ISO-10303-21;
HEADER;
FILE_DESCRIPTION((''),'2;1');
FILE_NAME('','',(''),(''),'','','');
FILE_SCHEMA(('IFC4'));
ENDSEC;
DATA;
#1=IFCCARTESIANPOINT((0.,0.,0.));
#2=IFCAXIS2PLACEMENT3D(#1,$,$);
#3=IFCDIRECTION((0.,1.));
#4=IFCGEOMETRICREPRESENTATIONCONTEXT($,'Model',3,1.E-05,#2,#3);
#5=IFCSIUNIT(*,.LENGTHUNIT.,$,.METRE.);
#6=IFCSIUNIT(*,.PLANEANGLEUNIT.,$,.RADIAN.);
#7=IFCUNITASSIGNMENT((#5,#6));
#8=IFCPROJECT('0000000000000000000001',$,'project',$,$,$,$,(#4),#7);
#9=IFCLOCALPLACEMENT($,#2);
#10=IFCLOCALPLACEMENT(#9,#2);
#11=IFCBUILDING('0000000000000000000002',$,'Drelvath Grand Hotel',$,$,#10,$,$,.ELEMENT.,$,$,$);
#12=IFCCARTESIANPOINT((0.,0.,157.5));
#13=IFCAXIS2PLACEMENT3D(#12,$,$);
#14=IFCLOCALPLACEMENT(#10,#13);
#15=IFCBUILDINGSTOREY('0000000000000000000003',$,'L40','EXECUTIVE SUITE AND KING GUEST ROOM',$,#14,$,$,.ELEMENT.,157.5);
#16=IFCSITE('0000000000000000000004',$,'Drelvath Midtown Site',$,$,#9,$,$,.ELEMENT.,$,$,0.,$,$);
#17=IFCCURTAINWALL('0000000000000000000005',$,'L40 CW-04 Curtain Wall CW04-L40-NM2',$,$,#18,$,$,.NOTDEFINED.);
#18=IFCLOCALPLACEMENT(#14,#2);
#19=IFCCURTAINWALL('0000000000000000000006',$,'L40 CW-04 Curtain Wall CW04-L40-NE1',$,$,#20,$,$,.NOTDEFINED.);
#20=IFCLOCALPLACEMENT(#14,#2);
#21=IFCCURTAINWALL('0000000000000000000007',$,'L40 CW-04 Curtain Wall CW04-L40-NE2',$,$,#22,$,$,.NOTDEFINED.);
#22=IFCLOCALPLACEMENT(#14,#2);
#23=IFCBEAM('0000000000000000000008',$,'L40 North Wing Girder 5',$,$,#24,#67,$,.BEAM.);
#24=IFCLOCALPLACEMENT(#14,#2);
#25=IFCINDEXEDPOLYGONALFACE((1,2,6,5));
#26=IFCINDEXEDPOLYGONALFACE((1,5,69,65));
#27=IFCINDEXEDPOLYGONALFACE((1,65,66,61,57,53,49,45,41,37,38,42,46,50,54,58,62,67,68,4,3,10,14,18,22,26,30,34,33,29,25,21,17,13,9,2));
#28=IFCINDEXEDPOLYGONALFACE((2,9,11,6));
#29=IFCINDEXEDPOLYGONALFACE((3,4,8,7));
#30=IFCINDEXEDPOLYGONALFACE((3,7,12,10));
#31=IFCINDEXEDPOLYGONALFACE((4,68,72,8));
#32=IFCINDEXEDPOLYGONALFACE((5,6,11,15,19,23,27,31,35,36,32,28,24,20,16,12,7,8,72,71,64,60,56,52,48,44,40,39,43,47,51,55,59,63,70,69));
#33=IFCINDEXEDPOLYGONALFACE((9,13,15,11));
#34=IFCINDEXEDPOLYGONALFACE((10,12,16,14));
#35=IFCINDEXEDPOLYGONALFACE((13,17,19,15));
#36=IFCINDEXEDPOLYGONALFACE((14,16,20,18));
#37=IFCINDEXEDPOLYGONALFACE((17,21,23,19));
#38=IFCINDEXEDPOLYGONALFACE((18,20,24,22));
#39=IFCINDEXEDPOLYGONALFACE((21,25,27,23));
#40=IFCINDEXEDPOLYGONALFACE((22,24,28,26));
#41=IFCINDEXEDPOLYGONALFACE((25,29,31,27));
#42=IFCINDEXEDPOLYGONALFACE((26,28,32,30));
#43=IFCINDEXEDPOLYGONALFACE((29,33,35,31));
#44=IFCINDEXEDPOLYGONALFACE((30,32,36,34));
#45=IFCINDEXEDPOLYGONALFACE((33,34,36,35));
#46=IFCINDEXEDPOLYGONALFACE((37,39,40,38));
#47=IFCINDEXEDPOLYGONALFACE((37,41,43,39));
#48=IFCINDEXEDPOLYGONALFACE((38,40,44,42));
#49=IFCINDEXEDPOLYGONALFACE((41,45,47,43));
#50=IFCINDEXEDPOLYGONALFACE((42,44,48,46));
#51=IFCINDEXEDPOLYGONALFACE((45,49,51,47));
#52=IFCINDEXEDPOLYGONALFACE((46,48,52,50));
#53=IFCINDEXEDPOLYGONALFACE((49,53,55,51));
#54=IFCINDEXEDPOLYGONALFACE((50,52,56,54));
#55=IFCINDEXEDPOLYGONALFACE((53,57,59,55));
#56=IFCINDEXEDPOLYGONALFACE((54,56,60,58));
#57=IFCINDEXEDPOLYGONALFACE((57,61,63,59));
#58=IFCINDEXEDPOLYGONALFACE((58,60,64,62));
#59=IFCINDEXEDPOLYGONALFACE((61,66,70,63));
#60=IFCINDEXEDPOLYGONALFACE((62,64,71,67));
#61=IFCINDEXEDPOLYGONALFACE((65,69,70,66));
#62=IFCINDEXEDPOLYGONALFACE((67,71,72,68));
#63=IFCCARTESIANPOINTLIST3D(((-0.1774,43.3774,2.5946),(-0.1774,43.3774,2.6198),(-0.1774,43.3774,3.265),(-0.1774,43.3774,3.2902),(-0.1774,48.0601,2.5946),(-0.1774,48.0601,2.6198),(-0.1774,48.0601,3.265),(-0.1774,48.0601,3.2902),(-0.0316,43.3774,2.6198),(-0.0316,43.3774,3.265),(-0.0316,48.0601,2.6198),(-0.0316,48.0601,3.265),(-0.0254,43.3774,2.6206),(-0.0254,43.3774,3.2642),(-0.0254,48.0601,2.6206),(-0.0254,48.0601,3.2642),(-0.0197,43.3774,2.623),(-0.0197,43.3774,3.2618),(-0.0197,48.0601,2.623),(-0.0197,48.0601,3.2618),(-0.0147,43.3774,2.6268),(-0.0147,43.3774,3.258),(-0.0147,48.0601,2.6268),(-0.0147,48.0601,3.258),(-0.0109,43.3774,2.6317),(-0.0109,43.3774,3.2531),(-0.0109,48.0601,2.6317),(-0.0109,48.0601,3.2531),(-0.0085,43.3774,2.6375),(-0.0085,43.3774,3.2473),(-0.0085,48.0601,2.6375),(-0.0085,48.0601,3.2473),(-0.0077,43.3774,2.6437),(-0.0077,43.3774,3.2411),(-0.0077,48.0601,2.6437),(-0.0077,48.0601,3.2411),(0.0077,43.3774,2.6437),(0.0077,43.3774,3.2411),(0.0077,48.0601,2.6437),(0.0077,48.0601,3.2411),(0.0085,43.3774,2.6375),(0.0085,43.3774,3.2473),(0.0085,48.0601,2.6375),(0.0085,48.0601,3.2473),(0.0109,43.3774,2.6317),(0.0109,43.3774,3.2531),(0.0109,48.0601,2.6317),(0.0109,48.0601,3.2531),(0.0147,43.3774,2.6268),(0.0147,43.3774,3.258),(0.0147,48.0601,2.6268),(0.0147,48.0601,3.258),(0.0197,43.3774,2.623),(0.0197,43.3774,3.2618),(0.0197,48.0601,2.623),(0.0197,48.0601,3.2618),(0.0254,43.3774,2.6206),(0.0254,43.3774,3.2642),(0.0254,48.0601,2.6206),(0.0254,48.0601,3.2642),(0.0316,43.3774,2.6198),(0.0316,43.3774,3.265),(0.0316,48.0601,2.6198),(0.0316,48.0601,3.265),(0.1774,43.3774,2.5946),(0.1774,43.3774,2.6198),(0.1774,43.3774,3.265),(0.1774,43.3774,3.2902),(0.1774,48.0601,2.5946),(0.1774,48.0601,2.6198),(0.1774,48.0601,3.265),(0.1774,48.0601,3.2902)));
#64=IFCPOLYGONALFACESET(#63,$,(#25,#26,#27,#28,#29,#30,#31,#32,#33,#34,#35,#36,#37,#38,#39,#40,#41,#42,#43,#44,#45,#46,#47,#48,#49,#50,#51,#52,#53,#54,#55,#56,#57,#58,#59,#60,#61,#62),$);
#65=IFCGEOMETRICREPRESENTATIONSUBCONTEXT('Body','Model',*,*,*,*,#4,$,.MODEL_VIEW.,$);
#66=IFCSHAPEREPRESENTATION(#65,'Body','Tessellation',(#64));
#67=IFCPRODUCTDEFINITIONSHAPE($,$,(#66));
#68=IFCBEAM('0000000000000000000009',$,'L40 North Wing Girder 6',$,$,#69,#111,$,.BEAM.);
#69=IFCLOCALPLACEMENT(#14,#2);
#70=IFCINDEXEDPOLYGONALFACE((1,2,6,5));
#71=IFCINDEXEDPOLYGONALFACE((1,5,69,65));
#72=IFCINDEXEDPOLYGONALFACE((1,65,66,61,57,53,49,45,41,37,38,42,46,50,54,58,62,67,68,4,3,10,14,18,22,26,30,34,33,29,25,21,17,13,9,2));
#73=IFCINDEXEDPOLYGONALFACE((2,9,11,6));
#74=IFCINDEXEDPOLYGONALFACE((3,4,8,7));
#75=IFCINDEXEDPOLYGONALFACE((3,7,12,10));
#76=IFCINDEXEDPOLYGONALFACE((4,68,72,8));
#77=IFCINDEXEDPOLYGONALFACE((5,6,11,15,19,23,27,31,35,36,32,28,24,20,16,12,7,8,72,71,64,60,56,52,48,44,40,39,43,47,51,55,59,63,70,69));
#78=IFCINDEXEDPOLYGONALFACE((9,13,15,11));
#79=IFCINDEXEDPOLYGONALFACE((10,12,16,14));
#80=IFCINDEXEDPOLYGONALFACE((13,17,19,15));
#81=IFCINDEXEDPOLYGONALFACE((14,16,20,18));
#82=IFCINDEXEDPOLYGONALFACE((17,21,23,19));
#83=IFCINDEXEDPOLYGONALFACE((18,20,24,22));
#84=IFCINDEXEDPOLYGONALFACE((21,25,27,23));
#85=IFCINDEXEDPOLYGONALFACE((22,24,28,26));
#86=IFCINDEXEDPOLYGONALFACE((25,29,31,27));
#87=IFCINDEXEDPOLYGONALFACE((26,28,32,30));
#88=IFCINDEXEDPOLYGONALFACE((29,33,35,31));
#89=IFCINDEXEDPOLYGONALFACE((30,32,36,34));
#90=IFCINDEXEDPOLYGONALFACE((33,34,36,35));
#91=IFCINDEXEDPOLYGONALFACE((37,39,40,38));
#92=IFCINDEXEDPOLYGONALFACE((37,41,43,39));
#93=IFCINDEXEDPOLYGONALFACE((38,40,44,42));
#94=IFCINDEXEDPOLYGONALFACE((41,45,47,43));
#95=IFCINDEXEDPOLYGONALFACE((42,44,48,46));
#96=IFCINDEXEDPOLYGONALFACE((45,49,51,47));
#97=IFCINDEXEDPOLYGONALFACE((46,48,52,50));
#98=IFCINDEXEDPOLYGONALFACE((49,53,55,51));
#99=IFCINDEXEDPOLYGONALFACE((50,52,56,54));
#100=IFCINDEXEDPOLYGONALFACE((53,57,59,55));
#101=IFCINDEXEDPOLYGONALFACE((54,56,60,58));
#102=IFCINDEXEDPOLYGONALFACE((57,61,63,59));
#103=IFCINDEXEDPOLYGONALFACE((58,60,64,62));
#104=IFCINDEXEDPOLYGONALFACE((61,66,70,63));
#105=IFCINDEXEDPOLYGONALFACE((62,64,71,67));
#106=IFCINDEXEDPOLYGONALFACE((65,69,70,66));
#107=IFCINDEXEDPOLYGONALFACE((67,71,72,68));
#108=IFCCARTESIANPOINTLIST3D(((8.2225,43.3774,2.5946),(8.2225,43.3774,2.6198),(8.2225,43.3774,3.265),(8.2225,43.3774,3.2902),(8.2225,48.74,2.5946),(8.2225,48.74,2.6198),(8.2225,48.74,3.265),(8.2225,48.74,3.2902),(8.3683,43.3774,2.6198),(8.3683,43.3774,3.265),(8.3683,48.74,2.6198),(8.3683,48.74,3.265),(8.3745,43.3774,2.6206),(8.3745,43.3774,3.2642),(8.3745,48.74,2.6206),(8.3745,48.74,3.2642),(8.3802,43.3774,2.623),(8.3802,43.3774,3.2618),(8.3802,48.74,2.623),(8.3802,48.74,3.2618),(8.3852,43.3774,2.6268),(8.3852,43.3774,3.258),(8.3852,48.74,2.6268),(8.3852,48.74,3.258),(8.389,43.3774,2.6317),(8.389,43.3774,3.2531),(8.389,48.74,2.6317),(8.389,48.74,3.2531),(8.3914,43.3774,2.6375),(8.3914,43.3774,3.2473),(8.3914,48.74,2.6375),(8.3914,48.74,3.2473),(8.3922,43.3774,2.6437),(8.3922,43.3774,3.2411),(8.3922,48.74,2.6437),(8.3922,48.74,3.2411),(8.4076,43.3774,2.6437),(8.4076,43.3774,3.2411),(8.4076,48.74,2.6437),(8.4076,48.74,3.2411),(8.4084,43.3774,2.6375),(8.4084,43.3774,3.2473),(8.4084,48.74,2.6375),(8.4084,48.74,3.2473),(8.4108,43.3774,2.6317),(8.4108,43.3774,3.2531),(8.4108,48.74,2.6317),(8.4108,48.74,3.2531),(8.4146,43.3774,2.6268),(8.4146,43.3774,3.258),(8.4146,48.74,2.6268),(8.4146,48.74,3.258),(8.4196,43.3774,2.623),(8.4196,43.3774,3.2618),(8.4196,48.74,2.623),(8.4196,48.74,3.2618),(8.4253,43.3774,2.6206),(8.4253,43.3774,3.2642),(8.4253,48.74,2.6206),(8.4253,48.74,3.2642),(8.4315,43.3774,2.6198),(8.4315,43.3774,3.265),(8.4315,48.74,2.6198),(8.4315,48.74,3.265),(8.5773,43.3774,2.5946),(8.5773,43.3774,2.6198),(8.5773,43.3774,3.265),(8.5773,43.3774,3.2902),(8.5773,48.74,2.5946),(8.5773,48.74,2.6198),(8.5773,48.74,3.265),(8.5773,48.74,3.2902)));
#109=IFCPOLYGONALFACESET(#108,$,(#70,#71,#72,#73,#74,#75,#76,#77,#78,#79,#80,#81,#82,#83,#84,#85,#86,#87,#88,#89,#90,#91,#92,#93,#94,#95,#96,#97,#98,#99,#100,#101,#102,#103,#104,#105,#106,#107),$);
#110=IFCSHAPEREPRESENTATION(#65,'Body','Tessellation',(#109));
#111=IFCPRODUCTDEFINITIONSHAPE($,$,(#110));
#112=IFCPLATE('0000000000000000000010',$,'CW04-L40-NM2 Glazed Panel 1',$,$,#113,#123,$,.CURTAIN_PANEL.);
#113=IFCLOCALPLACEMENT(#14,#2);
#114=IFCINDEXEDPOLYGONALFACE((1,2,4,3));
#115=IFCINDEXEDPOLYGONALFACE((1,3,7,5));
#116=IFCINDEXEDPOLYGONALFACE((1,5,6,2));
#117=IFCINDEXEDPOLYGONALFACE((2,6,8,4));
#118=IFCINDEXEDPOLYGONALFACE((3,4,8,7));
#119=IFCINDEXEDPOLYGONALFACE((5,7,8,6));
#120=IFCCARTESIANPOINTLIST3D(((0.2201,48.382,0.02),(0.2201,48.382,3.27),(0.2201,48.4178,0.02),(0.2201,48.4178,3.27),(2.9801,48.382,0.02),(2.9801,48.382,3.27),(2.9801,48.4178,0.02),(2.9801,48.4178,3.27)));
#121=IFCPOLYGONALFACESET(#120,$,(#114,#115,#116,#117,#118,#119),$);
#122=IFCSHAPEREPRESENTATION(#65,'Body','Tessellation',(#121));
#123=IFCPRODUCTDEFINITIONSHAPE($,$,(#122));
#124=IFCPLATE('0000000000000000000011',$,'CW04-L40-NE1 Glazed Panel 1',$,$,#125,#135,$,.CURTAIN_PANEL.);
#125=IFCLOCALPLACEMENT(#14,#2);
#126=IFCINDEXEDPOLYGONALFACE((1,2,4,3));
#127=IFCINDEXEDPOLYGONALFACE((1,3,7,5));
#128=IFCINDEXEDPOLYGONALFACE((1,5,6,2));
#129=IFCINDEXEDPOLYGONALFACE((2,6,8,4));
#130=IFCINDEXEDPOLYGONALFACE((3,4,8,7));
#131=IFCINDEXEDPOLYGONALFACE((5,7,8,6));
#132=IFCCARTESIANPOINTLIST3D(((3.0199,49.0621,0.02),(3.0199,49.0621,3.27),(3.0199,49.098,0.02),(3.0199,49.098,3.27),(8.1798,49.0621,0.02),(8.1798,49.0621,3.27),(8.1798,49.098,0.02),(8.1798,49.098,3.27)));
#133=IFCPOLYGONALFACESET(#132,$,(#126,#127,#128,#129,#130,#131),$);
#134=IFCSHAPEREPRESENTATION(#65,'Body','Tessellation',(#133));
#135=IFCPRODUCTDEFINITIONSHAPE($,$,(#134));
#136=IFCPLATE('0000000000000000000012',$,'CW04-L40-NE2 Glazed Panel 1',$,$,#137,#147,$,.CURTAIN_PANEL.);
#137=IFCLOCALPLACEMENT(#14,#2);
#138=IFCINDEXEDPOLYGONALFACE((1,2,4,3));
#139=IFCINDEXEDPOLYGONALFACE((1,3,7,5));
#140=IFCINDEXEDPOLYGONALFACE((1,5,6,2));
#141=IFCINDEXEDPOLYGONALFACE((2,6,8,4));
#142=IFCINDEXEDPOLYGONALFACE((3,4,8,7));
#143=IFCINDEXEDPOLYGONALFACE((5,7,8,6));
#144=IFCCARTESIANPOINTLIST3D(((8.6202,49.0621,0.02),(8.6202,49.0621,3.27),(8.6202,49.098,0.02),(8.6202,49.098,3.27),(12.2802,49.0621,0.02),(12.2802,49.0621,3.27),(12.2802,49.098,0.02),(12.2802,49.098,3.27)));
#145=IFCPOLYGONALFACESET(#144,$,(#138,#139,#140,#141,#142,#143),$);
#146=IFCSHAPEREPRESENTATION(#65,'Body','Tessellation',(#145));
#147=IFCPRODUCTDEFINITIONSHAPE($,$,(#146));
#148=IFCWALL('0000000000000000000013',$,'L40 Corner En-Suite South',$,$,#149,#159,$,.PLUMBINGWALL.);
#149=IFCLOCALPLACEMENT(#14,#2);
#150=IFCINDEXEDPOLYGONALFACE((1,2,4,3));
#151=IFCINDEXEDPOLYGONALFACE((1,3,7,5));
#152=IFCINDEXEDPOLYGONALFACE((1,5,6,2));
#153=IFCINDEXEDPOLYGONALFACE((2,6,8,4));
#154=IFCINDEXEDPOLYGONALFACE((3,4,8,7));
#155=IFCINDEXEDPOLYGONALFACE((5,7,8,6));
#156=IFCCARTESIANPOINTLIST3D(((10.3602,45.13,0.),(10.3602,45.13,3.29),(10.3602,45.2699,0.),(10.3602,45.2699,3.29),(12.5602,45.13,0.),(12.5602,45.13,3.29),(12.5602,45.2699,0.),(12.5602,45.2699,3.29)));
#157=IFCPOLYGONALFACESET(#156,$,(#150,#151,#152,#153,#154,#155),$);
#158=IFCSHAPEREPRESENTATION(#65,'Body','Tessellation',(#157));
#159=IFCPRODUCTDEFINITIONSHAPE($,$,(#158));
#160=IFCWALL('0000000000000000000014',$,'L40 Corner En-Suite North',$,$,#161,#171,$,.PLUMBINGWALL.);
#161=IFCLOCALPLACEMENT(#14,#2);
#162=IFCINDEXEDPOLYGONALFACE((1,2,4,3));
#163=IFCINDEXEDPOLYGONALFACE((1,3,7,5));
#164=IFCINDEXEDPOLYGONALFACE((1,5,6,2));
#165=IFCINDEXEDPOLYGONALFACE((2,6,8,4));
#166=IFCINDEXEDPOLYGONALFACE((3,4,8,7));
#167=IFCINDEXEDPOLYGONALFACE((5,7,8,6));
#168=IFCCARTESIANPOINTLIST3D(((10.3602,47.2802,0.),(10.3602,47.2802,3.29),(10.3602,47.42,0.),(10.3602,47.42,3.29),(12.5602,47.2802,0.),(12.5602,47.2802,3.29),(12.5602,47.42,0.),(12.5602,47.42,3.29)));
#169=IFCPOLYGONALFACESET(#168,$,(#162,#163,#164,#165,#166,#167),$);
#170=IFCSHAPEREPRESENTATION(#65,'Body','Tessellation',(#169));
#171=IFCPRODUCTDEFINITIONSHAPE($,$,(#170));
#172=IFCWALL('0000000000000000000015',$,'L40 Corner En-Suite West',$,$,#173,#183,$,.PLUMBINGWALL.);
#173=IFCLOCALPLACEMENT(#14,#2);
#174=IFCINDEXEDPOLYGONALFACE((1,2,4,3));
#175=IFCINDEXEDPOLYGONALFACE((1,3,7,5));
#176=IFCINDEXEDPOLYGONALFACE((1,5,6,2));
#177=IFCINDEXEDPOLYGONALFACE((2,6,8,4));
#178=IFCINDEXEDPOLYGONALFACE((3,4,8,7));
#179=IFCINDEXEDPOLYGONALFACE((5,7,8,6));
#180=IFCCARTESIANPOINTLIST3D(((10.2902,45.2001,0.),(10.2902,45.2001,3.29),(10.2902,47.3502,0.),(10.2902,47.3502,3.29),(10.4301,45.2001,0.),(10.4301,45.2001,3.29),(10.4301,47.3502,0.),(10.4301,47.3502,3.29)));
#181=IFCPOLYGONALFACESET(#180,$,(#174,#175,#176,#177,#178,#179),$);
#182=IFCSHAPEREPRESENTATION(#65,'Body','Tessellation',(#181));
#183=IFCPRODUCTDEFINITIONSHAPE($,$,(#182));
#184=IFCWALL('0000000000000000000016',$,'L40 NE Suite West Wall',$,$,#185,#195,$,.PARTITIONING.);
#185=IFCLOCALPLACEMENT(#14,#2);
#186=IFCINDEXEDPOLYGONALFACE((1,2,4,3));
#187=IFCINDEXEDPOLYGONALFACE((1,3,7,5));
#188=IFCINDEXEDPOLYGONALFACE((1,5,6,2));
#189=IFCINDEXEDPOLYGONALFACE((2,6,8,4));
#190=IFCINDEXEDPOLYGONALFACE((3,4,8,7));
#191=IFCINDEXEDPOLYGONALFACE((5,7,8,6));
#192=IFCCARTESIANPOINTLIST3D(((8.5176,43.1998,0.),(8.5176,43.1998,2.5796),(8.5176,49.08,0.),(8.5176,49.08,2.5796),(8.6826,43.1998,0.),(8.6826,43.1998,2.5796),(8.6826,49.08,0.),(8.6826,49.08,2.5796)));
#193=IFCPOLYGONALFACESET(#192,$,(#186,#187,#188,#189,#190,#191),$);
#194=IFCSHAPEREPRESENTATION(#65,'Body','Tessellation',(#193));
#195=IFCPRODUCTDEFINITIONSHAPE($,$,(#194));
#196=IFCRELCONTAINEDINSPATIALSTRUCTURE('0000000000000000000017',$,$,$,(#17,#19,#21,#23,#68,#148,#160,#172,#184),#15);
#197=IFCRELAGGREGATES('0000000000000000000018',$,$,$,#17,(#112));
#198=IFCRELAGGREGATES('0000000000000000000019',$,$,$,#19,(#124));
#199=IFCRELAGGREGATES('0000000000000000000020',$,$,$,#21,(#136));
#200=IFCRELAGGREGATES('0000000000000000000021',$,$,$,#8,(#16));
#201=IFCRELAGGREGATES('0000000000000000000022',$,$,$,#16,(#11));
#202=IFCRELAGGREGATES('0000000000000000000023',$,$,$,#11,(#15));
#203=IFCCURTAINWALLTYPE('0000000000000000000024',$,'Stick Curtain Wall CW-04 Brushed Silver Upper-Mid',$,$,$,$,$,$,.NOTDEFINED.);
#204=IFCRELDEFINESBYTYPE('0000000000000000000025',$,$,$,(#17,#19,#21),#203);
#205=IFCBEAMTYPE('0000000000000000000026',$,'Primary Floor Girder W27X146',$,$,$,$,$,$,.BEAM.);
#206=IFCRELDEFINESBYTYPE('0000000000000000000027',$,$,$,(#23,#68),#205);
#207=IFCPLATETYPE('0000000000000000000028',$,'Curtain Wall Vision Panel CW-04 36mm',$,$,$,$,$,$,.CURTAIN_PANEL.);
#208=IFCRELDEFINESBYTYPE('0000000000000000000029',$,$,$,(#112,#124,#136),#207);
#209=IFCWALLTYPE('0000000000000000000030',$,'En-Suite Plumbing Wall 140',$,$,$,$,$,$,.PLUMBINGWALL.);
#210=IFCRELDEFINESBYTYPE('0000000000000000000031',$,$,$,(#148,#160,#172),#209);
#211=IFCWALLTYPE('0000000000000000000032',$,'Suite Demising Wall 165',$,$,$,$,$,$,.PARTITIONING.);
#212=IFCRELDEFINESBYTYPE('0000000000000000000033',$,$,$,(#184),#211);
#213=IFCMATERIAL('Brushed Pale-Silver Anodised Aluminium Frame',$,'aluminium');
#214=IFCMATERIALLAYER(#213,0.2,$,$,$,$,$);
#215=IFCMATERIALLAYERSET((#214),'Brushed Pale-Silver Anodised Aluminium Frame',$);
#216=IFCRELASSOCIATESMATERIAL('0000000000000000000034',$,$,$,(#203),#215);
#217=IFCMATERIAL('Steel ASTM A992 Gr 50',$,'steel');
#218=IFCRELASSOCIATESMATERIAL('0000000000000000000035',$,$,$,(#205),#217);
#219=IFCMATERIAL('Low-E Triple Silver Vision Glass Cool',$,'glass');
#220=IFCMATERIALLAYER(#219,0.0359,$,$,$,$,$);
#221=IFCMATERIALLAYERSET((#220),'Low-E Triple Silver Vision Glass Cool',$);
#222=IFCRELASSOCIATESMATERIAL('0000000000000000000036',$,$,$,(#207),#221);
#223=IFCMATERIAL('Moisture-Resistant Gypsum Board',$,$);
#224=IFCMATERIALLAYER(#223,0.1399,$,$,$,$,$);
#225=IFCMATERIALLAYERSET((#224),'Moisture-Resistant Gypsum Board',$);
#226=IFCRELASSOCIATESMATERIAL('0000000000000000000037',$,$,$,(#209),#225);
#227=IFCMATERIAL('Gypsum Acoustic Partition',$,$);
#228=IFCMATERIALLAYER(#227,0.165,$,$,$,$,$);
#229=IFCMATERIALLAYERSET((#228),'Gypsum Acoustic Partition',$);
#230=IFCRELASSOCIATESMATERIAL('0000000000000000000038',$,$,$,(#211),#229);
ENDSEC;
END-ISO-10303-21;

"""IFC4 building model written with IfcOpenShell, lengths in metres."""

from ifc_helpers import new_model, si_unit, direction, frame, frame_2d, origin, origin_2d, place, context, subcontext, project, spatial, rectangle, i_section, extrude, material, layer, layer_set, material_profile, profile_set, type_object, element, aggregate, save


model = new_model("IFC4")

# Units and contexts
model_context = context("Model", 3, precision=1e-05, world=origin(), true_north=direction((0.0, 1.0)))
body_context = subcontext(model_context, "Body", "Model", "MODEL_VIEW")
ifc_project = project(units=[si_unit("LENGTHUNIT", "METRE"), si_unit("PLANEANGLEUNIT", "RADIAN")], contexts=[model_context])

# Site, building, storey
site_placement = place(None, origin())
site = spatial("IfcSite", under=ifc_project, at=site_placement, Name="Drelvath Midtown Site", CompositionType="ELEMENT", RefElevation=0.0)
building_placement = place(site_placement, origin())
building = spatial("IfcBuilding", under=site, at=building_placement, Name="Drelvath Grand Hotel", CompositionType="ELEMENT")
storey_placement = place(building_placement, frame((0.0, 0.0, 157.5)))
storey = spatial("IfcBuildingStorey", under=building, at=storey_placement, Name="L40", Description="EXECUTIVE SUITE AND KING GUEST ROOM", CompositionType="ELEMENT", Elevation=157.5)

# Curtain walls
ifc_material_1 = material(Name="Brushed Pale-Silver Anodised Aluminium Frame", Category="aluminium")
ifc_layer_1 = layer(ifc_material_1, 0.2)
ifc_layer_set_1 = layer_set([ifc_layer_1], Name="Brushed Pale-Silver Anodised Aluminium Frame")
curtain_wall_type = type_object("IfcCurtainWallType", Name="Stick Curtain Wall CW-04 Brushed Silver Upper-Mid", PredefinedType="NOTDEFINED", material=ifc_layer_set_1)
curtain_wall_1_placement = place(storey_placement, origin())
curtain_wall_1 = element("IfcCurtainWall", 1, at=curtain_wall_1_placement, inside=storey, type_object=curtain_wall_type, Name="L40 CW-04 Curtain Wall CW04-L40-NM2", PredefinedType="NOTDEFINED")
curtain_wall_2_placement = place(storey_placement, origin())
curtain_wall_2 = element("IfcCurtainWall", 2, at=curtain_wall_2_placement, inside=storey, type_object=curtain_wall_type, Name="L40 CW-04 Curtain Wall CW04-L40-NE1", PredefinedType="NOTDEFINED")
curtain_wall_3_placement = place(storey_placement, origin())
curtain_wall_3 = element("IfcCurtainWall", 3, at=curtain_wall_3_placement, inside=storey, type_object=curtain_wall_type, Name="L40 CW-04 Curtain Wall CW04-L40-NE2", PredefinedType="NOTDEFINED")

# Beams
ifc_material_2 = material(Name="Steel ASTM A992 Gr 50", Category="steel")
ifc_material_profile_1 = material_profile(ifc_material_2, i_section(OverallWidth=0.3547, OverallDepth=0.6956, WebThickness=0.0154, FlangeThickness=0.0251, FilletRadius=0.0239, at=origin_2d()), Name="W27X146")
ifc_profile_set_1 = profile_set([ifc_material_profile_1], Name="Steel ASTM A992 Gr 50")
beam_type_1 = type_object("IfcBeamType", Name="Primary Floor Girder W27X146", PredefinedType="BEAM", material=ifc_profile_set_1)
beam_1_placement = place(storey_placement, frame((0.0, 43.3774, 2.9424), z_axis=(0.0, 1.0, 0.0), x_axis=(-1.0, 0.0, 0.0)))
element("IfcBeam", 4, at=beam_1_placement, inside=storey, type_object=beam_type_1, Name="L40 North Wing Girder 5", PredefinedType="BEAM", context=body_context, shape_type="SweptSolid", body=[
    extrude(i_section(OverallWidth=0.3547, OverallDepth=0.6956, WebThickness=0.0154, FlangeThickness=0.0251, FilletRadius=0.0239, at=origin_2d()), origin(), (0.0, 0.0, 1.0), 4.6826),
])
beam_2_placement = place(storey_placement, frame((8.3999, 43.3774, 2.9424), z_axis=(0.0, 1.0, 0.0), x_axis=(-1.0, 0.0, 0.0)))
element("IfcBeam", 5, at=beam_2_placement, inside=storey, type_object=beam_type_1, Name="L40 North Wing Girder 6", PredefinedType="BEAM", context=body_context, shape_type="SweptSolid", body=[
    extrude(i_section(OverallWidth=0.3547, OverallDepth=0.6956, WebThickness=0.0154, FlangeThickness=0.0251, FilletRadius=0.0239, at=origin_2d()), origin(), (0.0, 0.0, 1.0), 5.3625),
])

# Plates
ifc_material_3 = material(Name="Low-E Triple Silver Vision Glass Cool", Category="glass")
ifc_layer_2 = layer(ifc_material_3, 0.0359)
ifc_layer_set_2 = layer_set([ifc_layer_2], Name="Low-E Triple Silver Vision Glass Cool")
plate_type = type_object("IfcPlateType", Name="Curtain Wall Vision Panel CW-04 36mm", PredefinedType="CURTAIN_PANEL", material=ifc_layer_set_2)
plate_1_placement = place(storey_placement, frame((1.6001, 48.3999, 0.02), z_axis=(0.0, 0.0, 1.0), x_axis=(1.0, 0.0, 0.0)))
plate_1 = element("IfcPlate", 6, at=plate_1_placement, type_object=plate_type, Name="CW04-L40-NM2 Glazed Panel 1", PredefinedType="CURTAIN_PANEL", context=body_context, shape_type="SweptSolid", body=[
    extrude(rectangle(XDim=2.76, YDim=0.0359, at=origin_2d()), origin(), (0.0, 0.0, 1.0), 3.25),
])
aggregate(curtain_wall_1, [plate_1])
plate_2_placement = place(storey_placement, frame((5.5999, 49.0801, 0.02), z_axis=(0.0, 0.0, 1.0), x_axis=(1.0, 0.0, 0.0)))
plate_2 = element("IfcPlate", 7, at=plate_2_placement, type_object=plate_type, Name="CW04-L40-NE1 Glazed Panel 1", PredefinedType="CURTAIN_PANEL", context=body_context, shape_type="SweptSolid", body=[
    extrude(rectangle(XDim=5.1599, YDim=0.0359, at=origin_2d()), origin(), (0.0, 0.0, 1.0), 3.25),
])
aggregate(curtain_wall_2, [plate_2])
plate_3_placement = place(storey_placement, frame((10.4502, 49.0801, 0.02), z_axis=(0.0, 0.0, 1.0), x_axis=(1.0, 0.0, 0.0)))
plate_3 = element("IfcPlate", 8, at=plate_3_placement, type_object=plate_type, Name="CW04-L40-NE2 Glazed Panel 1", PredefinedType="CURTAIN_PANEL", context=body_context, shape_type="SweptSolid", body=[
    extrude(rectangle(XDim=3.6599, YDim=0.0359, at=origin_2d()), origin(), (0.0, 0.0, 1.0), 3.25),
])
aggregate(curtain_wall_3, [plate_3])

# Walls
ifc_material_4 = material(Name="Moisture-Resistant Gypsum Board")
ifc_layer_3 = layer(ifc_material_4, 0.1399)
ifc_layer_set_3 = layer_set([ifc_layer_3], Name="Moisture-Resistant Gypsum Board")
wall_type_1 = type_object("IfcWallType", Name="En-Suite Plumbing Wall 140", PredefinedType="PLUMBINGWALL", material=ifc_layer_set_3)
for number, where, z_axis, x_axis, name in (
    (9, (10.3601, 45.2, 0.0), (0.0, 0.0, 1.0), (1.0, 0.0, 0.0), "L40 Corner En-Suite South"),
    (10, (10.3601, 47.3501, 0.0), (0.0, 0.0, 1.0), (1.0, 0.0, 0.0), "L40 Corner En-Suite North"),
):
    element("IfcWall", number, at=place(storey_placement, frame(where, z_axis=z_axis, x_axis=x_axis)), inside=storey, type_object=wall_type_1, Name=name, PredefinedType="PLUMBINGWALL", context=body_context, shape_type="SweptSolid", body=[
        extrude(rectangle(XDim=2.2, YDim=0.1399, at=frame_2d((1.1001, 0.0))), origin(), (0.0, 0.0, 1.0), 3.29),
    ])
wall_1_placement = place(storey_placement, frame((10.3601, 45.2, 0.0), z_axis=(0.0, 0.0, 1.0), x_axis=(0.0, 1.0, 0.0)))
element("IfcWall", 11, at=wall_1_placement, inside=storey, type_object=wall_type_1, Name="L40 Corner En-Suite West", PredefinedType="PLUMBINGWALL", context=body_context, shape_type="SweptSolid", body=[
    extrude(rectangle(XDim=2.1501, YDim=0.1399, at=frame_2d((1.0752, 0.0))), origin(), (0.0, 0.0, 1.0), 3.29),
])
ifc_material_5 = material(Name="Gypsum Acoustic Partition")
ifc_layer_4 = layer(ifc_material_5, 0.165)
ifc_layer_set_4 = layer_set([ifc_layer_4], Name="Gypsum Acoustic Partition")
wall_type_2 = type_object("IfcWallType", Name="Suite Demising Wall 165", PredefinedType="PARTITIONING", material=ifc_layer_set_4)
wall_2_placement = place(storey_placement, frame((8.6001, 43.2, 0.0), z_axis=(0.0, 0.0, 1.0), x_axis=(0.0, 1.0, 0.0)))
element("IfcWall", 12, at=wall_2_placement, inside=storey, type_object=wall_type_2, Name="L40 NE Suite West Wall", PredefinedType="PARTITIONING", context=body_context, shape_type="SweptSolid", body=[
    extrude(rectangle(XDim=5.8801, YDim=0.165, at=frame_2d((2.9399, 0.0))), origin(), (0.0, 0.0, 1.0), 2.5796),
])

save(model, "model.ifc")
